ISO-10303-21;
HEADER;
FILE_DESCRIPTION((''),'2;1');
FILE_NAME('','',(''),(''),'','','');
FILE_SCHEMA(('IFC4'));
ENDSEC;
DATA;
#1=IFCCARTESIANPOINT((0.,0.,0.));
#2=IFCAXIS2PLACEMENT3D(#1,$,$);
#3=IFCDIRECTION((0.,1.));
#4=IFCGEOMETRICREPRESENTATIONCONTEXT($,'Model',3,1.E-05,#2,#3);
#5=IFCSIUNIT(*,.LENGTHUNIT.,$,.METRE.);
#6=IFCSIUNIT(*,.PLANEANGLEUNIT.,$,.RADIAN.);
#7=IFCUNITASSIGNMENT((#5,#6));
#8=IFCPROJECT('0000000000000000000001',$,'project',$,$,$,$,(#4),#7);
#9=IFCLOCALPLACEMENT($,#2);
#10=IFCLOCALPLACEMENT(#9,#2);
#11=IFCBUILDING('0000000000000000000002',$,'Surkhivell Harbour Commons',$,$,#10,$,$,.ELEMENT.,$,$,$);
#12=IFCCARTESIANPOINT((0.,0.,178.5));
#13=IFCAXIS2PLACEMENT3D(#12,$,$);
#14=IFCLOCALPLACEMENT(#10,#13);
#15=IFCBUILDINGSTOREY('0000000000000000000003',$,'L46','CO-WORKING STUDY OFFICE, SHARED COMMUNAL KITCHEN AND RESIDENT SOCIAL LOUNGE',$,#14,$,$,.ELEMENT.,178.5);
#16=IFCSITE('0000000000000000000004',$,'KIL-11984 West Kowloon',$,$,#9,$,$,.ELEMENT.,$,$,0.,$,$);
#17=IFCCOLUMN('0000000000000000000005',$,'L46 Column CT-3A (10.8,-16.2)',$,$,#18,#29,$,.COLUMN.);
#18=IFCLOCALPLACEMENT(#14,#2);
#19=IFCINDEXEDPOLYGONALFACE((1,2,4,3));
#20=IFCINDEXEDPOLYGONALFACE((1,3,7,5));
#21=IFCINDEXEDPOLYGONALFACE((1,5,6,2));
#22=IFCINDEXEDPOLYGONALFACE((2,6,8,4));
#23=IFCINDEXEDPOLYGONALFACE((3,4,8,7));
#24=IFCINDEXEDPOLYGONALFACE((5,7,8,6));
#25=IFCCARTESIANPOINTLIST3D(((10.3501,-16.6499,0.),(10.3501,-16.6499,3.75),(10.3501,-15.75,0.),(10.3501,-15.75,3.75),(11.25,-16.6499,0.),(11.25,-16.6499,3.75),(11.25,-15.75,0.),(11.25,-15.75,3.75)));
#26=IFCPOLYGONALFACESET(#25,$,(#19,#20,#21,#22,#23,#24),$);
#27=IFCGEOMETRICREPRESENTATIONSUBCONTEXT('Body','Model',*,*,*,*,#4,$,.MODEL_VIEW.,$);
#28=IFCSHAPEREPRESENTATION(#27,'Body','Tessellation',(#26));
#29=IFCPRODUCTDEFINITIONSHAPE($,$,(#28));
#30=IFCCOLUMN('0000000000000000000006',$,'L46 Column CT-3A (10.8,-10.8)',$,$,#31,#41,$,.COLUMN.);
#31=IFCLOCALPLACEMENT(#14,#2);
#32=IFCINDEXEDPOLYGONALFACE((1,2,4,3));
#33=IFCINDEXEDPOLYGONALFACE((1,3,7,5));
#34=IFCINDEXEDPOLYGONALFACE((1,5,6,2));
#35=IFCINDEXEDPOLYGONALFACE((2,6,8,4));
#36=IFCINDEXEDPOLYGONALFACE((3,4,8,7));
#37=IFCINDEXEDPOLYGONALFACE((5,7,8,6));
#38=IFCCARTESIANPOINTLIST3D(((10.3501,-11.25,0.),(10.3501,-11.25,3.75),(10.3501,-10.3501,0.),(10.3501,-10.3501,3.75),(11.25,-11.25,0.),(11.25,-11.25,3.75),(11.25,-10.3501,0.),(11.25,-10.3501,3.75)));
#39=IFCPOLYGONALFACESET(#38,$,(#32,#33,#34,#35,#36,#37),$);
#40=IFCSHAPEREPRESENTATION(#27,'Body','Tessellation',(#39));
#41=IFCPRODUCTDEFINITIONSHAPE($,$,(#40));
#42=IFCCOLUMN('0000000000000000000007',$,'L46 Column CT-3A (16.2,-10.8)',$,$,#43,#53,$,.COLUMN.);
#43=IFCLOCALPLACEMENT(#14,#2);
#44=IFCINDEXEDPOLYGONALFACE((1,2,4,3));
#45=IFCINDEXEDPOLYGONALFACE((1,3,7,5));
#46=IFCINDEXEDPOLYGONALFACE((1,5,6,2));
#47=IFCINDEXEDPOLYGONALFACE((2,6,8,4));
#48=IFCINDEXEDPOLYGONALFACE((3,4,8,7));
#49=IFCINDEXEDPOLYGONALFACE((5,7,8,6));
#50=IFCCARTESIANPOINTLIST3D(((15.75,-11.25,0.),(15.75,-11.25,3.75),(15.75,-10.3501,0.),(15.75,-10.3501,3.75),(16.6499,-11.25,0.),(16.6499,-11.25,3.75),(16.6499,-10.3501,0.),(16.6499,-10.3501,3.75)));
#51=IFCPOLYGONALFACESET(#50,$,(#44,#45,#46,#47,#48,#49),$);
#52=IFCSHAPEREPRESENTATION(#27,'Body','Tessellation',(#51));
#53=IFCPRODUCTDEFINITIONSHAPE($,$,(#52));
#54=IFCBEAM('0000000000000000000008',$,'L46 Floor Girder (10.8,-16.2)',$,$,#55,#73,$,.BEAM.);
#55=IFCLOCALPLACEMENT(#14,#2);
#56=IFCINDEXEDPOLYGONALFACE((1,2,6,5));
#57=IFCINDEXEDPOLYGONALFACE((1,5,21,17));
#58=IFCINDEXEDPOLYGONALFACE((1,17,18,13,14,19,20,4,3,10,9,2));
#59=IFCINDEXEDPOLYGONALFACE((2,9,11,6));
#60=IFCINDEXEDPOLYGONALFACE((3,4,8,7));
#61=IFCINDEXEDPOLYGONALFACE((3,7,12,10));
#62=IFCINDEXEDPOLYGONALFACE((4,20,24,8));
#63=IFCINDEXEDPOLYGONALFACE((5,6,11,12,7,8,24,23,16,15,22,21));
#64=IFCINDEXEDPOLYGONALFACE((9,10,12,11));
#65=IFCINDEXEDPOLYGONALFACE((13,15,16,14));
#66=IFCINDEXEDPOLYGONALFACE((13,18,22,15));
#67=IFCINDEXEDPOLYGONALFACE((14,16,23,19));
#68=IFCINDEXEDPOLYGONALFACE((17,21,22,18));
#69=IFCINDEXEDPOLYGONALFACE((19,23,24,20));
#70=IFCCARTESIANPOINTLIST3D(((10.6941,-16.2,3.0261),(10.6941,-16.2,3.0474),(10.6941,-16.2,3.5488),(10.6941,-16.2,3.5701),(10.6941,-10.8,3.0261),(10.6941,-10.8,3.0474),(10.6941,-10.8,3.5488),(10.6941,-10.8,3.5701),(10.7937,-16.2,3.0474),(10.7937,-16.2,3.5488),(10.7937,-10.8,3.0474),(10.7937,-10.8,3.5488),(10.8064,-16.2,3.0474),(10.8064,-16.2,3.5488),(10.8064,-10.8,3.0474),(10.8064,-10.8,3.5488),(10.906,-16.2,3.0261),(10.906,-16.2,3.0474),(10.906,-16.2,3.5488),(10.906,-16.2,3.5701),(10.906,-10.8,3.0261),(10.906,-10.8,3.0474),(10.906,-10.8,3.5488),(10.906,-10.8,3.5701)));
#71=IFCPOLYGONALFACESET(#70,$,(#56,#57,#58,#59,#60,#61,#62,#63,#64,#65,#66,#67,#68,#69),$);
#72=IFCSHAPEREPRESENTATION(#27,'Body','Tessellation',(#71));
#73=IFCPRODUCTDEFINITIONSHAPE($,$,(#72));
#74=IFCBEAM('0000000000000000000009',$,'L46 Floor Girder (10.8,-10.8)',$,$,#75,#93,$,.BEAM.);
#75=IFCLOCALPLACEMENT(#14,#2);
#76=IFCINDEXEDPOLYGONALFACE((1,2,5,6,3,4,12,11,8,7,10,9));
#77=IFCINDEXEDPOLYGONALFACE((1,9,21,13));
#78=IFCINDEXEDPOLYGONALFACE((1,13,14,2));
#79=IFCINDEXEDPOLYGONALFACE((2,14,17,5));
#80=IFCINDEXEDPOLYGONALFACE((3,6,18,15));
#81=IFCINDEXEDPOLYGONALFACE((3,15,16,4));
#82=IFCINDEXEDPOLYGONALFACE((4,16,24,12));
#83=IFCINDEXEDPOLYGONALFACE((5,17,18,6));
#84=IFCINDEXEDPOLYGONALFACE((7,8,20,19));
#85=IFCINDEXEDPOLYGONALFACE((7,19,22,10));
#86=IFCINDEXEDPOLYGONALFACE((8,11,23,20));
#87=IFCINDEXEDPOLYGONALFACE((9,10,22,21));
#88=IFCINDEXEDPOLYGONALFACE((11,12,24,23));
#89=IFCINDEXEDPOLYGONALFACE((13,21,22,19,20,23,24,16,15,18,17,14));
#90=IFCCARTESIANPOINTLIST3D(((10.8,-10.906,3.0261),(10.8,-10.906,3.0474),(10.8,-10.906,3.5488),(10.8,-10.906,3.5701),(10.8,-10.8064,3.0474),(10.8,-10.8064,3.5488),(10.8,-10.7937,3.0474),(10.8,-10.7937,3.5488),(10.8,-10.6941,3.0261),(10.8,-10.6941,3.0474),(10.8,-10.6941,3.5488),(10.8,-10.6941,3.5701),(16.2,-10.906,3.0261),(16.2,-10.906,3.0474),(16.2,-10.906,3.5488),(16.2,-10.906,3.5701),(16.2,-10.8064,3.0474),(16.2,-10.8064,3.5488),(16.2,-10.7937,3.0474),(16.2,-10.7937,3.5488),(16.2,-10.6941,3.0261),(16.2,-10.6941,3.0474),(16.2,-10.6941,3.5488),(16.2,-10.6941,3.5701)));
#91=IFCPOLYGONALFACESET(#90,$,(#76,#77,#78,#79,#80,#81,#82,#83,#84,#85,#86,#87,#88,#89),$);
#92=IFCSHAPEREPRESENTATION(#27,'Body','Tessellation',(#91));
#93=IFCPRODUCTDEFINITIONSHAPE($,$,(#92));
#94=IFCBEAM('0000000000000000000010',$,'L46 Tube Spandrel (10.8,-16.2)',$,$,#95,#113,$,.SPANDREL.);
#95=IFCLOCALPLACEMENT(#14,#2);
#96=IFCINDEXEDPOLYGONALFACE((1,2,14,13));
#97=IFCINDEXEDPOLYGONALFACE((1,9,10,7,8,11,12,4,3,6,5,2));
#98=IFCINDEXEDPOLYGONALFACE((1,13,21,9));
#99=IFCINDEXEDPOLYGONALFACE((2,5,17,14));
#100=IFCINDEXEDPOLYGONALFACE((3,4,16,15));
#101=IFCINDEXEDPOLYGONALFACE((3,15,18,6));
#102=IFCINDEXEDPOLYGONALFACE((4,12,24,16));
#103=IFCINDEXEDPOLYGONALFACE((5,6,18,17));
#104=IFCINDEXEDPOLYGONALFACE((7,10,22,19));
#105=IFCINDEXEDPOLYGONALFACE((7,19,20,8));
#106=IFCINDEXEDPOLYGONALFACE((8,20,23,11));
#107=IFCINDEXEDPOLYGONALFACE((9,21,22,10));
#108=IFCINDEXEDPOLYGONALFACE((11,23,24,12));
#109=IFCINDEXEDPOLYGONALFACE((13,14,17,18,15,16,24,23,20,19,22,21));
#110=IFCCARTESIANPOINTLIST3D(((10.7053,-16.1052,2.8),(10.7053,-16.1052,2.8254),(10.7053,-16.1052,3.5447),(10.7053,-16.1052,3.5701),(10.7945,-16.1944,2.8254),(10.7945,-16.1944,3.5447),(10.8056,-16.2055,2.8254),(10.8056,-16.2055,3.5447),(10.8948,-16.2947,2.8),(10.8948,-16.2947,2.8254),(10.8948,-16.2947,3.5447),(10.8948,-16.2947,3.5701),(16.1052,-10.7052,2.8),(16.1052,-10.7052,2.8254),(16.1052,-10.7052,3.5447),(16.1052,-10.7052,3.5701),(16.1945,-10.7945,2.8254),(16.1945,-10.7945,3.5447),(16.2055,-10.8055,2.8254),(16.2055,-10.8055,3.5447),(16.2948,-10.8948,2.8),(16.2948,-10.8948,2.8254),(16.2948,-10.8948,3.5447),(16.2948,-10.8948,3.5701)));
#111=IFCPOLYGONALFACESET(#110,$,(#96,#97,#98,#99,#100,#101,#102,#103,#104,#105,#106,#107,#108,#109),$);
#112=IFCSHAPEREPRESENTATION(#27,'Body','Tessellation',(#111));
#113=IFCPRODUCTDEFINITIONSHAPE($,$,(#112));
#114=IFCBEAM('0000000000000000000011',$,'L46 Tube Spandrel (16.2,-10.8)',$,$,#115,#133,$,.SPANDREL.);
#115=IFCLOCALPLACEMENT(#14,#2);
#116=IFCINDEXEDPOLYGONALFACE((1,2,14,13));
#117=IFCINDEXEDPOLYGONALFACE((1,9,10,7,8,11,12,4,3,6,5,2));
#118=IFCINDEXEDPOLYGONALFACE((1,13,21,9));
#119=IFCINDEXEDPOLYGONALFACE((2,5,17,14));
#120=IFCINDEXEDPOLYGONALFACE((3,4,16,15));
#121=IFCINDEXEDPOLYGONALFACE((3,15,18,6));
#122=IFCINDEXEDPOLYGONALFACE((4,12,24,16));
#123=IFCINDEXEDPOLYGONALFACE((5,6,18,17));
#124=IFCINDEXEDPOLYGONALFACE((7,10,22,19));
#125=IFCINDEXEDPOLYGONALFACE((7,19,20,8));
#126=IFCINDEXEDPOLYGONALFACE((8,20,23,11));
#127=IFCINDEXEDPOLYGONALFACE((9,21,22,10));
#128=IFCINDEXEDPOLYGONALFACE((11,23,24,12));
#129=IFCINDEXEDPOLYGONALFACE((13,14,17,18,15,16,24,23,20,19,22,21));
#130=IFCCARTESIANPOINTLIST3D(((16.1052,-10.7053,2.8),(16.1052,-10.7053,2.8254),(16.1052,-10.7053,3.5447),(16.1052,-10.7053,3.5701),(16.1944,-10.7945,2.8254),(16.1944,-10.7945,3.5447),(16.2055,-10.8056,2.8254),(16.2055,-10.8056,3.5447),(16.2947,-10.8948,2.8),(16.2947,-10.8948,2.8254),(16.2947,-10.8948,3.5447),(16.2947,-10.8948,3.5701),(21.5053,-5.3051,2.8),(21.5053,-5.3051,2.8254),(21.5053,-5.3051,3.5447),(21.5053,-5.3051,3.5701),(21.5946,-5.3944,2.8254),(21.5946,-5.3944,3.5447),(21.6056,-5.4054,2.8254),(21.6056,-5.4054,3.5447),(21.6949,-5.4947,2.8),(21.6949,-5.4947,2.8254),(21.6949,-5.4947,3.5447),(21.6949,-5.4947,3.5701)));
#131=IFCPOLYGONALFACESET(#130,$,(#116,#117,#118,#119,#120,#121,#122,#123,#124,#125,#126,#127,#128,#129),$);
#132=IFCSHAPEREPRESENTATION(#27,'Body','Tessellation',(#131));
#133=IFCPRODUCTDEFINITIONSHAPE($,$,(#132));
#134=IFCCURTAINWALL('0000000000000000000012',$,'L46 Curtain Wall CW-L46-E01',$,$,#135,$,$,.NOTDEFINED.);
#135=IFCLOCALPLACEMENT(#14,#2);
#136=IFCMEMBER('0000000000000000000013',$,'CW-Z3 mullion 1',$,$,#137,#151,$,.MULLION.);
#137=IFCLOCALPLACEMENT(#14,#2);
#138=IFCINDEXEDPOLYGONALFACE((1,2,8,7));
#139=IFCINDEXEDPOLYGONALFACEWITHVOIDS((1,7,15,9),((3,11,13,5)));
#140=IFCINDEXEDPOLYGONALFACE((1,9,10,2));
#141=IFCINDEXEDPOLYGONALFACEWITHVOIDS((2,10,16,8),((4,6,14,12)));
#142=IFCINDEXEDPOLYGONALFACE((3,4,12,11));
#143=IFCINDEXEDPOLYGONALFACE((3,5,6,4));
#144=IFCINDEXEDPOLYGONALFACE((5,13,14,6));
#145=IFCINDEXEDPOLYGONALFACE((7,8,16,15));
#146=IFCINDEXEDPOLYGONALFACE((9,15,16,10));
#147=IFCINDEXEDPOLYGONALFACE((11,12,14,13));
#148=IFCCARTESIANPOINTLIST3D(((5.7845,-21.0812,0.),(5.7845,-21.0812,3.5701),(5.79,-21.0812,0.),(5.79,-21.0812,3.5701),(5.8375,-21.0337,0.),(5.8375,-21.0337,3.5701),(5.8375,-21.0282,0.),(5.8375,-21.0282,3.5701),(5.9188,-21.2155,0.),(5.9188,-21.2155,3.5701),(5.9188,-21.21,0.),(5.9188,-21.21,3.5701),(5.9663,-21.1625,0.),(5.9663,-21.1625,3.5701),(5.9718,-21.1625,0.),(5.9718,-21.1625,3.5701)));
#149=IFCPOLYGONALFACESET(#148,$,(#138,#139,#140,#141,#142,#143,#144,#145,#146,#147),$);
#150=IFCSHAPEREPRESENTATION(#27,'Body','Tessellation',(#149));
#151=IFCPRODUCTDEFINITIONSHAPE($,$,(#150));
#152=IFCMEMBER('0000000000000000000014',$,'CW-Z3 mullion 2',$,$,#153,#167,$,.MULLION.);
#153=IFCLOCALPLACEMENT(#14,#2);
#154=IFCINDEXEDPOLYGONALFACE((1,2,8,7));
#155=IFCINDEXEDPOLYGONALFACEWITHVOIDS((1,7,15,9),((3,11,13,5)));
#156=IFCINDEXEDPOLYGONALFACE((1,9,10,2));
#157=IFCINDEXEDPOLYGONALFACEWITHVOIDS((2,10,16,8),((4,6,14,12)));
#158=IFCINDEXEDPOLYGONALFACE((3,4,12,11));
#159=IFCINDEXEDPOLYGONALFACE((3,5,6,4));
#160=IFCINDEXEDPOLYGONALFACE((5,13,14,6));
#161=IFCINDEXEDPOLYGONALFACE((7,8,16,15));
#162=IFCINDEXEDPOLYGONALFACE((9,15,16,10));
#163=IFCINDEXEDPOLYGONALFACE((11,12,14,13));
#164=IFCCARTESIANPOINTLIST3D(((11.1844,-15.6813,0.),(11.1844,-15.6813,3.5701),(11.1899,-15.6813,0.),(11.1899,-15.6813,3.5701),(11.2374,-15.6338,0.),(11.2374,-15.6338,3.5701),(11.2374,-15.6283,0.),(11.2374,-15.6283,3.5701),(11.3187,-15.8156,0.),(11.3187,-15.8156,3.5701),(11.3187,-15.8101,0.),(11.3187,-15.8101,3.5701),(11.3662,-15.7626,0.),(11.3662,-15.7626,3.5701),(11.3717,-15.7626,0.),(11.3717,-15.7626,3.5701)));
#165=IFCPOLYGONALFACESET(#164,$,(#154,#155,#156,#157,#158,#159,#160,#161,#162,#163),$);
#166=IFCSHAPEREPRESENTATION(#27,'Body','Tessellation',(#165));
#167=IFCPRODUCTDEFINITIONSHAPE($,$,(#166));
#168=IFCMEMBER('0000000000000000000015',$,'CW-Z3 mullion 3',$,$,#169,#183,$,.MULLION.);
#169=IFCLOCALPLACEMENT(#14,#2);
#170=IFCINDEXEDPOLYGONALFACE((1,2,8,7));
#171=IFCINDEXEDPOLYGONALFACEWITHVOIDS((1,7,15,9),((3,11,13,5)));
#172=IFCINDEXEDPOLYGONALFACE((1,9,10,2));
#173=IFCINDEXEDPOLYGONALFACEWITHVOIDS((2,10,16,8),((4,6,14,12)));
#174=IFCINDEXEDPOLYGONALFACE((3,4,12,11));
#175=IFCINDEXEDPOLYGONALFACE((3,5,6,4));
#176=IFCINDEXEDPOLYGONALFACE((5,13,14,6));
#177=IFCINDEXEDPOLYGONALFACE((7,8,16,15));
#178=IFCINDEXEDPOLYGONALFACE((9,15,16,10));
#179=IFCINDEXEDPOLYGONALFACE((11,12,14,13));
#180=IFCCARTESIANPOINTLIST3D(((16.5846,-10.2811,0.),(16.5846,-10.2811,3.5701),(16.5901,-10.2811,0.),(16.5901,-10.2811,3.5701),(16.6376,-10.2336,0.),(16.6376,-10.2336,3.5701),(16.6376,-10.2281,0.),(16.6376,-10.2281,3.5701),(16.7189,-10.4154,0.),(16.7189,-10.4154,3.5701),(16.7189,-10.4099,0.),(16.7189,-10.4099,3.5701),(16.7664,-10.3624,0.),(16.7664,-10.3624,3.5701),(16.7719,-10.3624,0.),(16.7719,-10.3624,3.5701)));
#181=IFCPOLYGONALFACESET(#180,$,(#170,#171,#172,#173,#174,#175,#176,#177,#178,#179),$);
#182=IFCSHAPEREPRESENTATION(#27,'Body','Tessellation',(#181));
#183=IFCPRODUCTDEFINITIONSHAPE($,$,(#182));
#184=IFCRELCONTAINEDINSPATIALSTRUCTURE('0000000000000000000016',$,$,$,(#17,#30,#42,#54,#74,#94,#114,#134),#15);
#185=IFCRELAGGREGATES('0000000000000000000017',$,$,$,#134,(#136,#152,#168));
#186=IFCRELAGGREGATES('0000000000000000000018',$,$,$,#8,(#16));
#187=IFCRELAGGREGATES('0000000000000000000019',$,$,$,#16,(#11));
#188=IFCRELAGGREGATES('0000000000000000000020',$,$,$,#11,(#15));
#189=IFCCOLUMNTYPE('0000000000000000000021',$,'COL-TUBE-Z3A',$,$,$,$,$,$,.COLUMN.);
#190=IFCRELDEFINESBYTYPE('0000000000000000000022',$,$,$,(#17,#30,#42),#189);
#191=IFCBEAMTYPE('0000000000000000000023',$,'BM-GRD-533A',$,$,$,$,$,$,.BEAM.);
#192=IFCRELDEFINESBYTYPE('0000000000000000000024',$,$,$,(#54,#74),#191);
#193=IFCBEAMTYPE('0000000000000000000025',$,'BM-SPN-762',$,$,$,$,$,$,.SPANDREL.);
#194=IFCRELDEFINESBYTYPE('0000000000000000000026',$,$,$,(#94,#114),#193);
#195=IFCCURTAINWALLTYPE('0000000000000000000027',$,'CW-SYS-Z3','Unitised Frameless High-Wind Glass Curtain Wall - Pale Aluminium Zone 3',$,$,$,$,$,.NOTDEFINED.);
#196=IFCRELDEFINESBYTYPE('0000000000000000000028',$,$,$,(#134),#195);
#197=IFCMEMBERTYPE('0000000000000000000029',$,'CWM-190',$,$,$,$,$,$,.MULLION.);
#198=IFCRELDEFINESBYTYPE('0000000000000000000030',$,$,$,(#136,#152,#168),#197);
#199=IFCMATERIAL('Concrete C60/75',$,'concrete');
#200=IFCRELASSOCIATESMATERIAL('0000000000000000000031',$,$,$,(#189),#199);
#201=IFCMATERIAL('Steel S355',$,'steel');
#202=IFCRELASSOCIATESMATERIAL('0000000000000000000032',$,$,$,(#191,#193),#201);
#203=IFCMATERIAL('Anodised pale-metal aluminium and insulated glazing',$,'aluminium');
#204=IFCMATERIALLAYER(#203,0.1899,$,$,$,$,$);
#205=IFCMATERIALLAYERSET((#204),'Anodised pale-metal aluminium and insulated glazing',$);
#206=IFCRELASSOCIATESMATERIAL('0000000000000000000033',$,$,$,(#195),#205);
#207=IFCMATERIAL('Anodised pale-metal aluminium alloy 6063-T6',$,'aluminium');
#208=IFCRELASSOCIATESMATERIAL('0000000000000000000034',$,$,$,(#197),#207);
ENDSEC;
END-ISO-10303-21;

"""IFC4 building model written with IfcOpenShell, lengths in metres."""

from ifc_helpers import new_model, si_unit, direction, frame, origin, origin_2d, place, context, subcontext, project, spatial, rectangle, hollow_rectangle, i_section, extrude, material, layer, layer_set, material_profile, profile_set, type_object, element, aggregate, save


model = new_model("IFC4")

# Units and contexts
model_context = context("Model", 3, precision=1e-05, world=origin(), true_north=direction((0.0, 1.0)))
body_context = subcontext(model_context, "Body", "Model", "MODEL_VIEW")
ifc_project = project(units=[si_unit("LENGTHUNIT", "METRE"), si_unit("PLANEANGLEUNIT", "RADIAN")], contexts=[model_context])

# Site, building, storey
site_placement = place(None, origin())
site = spatial("IfcSite", under=ifc_project, at=site_placement, Name="KIL-11984 West Kowloon", CompositionType="ELEMENT", RefElevation=0.0)
building_placement = place(site_placement, origin())
building = spatial("IfcBuilding", under=site, at=building_placement, Name="Surkhivell Harbour Commons", CompositionType="ELEMENT")
storey_placement = place(building_placement, frame((0.0, 0.0, 178.5)))
storey = spatial("IfcBuildingStorey", under=building, at=storey_placement, Name="L46", Description="CO-WORKING STUDY OFFICE, SHARED COMMUNAL KITCHEN AND RESIDENT SOCIAL LOUNGE", CompositionType="ELEMENT", Elevation=178.5)

# Columns
ifc_material_1 = material(Name="Concrete C60/75", Category="concrete")
ifc_material_profile_1 = material_profile(ifc_material_1, rectangle(XDim=0.8999, YDim=0.8999, at=origin_2d()), Name="RC-COL-900x900")
ifc_profile_set_1 = profile_set([ifc_material_profile_1], Name="Concrete C60/75")
column_type = type_object("IfcColumnType", Name="COL-TUBE-Z3A", PredefinedType="COLUMN", material=ifc_profile_set_1)
for number, where, z_axis, x_axis, name in (
    (1, (10.8, -16.2, 0.0), (0.0, 0.0, 1.0), (1.0, 0.0, 0.0), "L46 Column CT-3A (10.8,-16.2)"),
    (2, (10.8, -10.8, 0.0), (0.0, 0.0, 1.0), (1.0, 0.0, 0.0), "L46 Column CT-3A (10.8,-10.8)"),
    (3, (16.2, -10.8, 0.0), (0.0, 0.0, 1.0), (1.0, 0.0, 0.0), "L46 Column CT-3A (16.2,-10.8)"),
):
    element("IfcColumn", number, at=place(storey_placement, frame(where, z_axis=z_axis, x_axis=x_axis)), inside=storey, type_object=column_type, Name=name, PredefinedType="COLUMN", context=body_context, shape_type="SweptSolid", body=[
        extrude(rectangle(XDim=0.8999, YDim=0.8999, at=origin_2d()), origin(), (0.0, 0.0, 1.0), 3.75),
    ])

# Beams
ifc_material_2 = material(Name="Steel S355", Category="steel")
ifc_material_profile_2 = material_profile(ifc_material_2, i_section(OverallWidth=0.2119, OverallDepth=0.5439, WebThickness=0.0127, FlangeThickness=0.0212, at=origin_2d()), Name="UB533x210x122")
ifc_profile_set_2 = profile_set([ifc_material_profile_2], Name="Steel S355")
beam_type_1 = type_object("IfcBeamType", Name="BM-GRD-533A", PredefinedType="BEAM", material=ifc_profile_set_2)
for number, where, z_axis, x_axis, name in (
    (4, (10.8, -16.2, 3.2981), (0.0, 1.0, 0.0), (-1.0, 0.0, 0.0), "L46 Floor Girder (10.8,-16.2)"),
    (5, (10.8, -10.8, 3.2981), (1.0, 0.0, 0.0), (0.0, 1.0, 0.0), "L46 Floor Girder (10.8,-10.8)"),
):
    element("IfcBeam", number, at=place(storey_placement, frame(where, z_axis=z_axis, x_axis=x_axis)), inside=storey, type_object=beam_type_1, Name=name, PredefinedType="BEAM", context=body_context, shape_type="SweptSolid", body=[
        extrude(i_section(OverallWidth=0.2119, OverallDepth=0.5439, WebThickness=0.0127, FlangeThickness=0.0212, at=origin_2d()), origin(), (0.0, 0.0, 1.0), 5.3999),
    ])
ifc_material_profile_3 = material_profile(ifc_material_2, i_section(OverallWidth=0.2681, OverallDepth=0.77, WebThickness=0.0156, FlangeThickness=0.0254, at=origin_2d()), Name="UB762x267x197")
ifc_profile_set_3 = profile_set([ifc_material_profile_3], Name="Steel S355")
beam_type_2 = type_object("IfcBeamType", Name="BM-SPN-762", PredefinedType="SPANDREL", material=ifc_profile_set_3)
beam_1_placement = place(storey_placement, frame((10.8, -16.2, 3.1851), z_axis=(0.707107, 0.707107, 0.0), x_axis=(-0.707107, 0.707107, 0.0)))
element("IfcBeam", 6, at=beam_1_placement, inside=storey, type_object=beam_type_2, Name="L46 Tube Spandrel (10.8,-16.2)", PredefinedType="SPANDREL", context=body_context, shape_type="SweptSolid", body=[
    extrude(i_section(OverallWidth=0.2681, OverallDepth=0.77, WebThickness=0.0156, FlangeThickness=0.0254, at=origin_2d()), origin(), (0.0, 0.0, 1.0), 7.6367),
])
beam_2_placement = place(storey_placement, frame((16.2, -10.8, 3.1851), z_axis=(0.707107, 0.707107, 0.0), x_axis=(-0.707107, 0.707107, 0.0)))
element("IfcBeam", 7, at=beam_2_placement, inside=storey, type_object=beam_type_2, Name="L46 Tube Spandrel (16.2,-10.8)", PredefinedType="SPANDREL", context=body_context, shape_type="SweptSolid", body=[
    extrude(i_section(OverallWidth=0.2681, OverallDepth=0.77, WebThickness=0.0156, FlangeThickness=0.0254, at=origin_2d()), origin(), (0.0, 0.0, 1.0), 7.637),
])

# Curtain wall, members
ifc_material_3 = material(Name="Anodised pale-metal aluminium and insulated glazing", Category="aluminium")
ifc_layer_1 = layer(ifc_material_3, 0.1899)
ifc_layer_set_1 = layer_set([ifc_layer_1], Name="Anodised pale-metal aluminium and insulated glazing")
curtain_wall_type = type_object("IfcCurtainWallType", Name="CW-SYS-Z3", Description="Unitised Frameless High-Wind Glass Curtain Wall - Pale Aluminium Zone 3", PredefinedType="NOTDEFINED", material=ifc_layer_set_1)
curtain_wall_placement = place(storey_placement, origin())
curtain_wall = element("IfcCurtainWall", 8, at=curtain_wall_placement, inside=storey, type_object=curtain_wall_type, Name="L46 Curtain Wall CW-L46-E01", PredefinedType="NOTDEFINED")
ifc_material_4 = material(Name="Anodised pale-metal aluminium alloy 6063-T6", Category="aluminium")
ifc_material_profile_4 = material_profile(ifc_material_4, hollow_rectangle(XDim=0.075, YDim=0.1899, WallThickness=0.0039, at=origin_2d()), Name="ALU-MULL-75x190")
ifc_profile_set_4 = profile_set([ifc_material_profile_4], Name="Anodised pale-metal aluminium alloy 6063-T6")
member_type_1 = type_object("IfcMemberType", Name="CWM-190", PredefinedType="MULLION", material=ifc_profile_set_4)
member_1_placement = place(storey_placement, frame((5.8782, -21.1218, 0.0), z_axis=(0.0, 0.0, 1.0), x_axis=(0.707107, 0.707107, 0.0)))
member_1 = element("IfcMember", 9, at=member_1_placement, type_object=member_type_1, Name="CW-Z3 mullion 1", PredefinedType="MULLION", context=body_context, shape_type="SweptSolid", body=[
    extrude(hollow_rectangle(XDim=0.075, YDim=0.1899, WallThickness=0.0039, at=origin_2d()), origin(), (0.0, 0.0, 1.0), 3.5701),
])
member_2_placement = place(storey_placement, frame((11.2781, -15.7219, 0.0), z_axis=(0.0, 0.0, 1.0), x_axis=(0.707107, 0.707107, 0.0)))
member_2 = element("IfcMember", 10, at=member_2_placement, type_object=member_type_1, Name="CW-Z3 mullion 2", PredefinedType="MULLION", context=body_context, shape_type="SweptSolid", body=[
    extrude(hollow_rectangle(XDim=0.075, YDim=0.1899, WallThickness=0.0039, at=origin_2d()), origin(), (0.0, 0.0, 1.0), 3.5701),
])
member_3_placement = place(storey_placement, frame((16.6782, -10.3218, 0.0), z_axis=(0.0, 0.0, 1.0), x_axis=(0.707107, 0.707107, 0.0)))
member_3 = element("IfcMember", 11, at=member_3_placement, type_object=member_type_1, Name="CW-Z3 mullion 3", PredefinedType="MULLION", context=body_context, shape_type="SweptSolid", body=[
    extrude(hollow_rectangle(XDim=0.075, YDim=0.1899, WallThickness=0.0039, at=origin_2d()), origin(), (0.0, 0.0, 1.0), 3.5701),
])
aggregate(curtain_wall, [member_1, member_2, member_3])

save(model, "model.ifc")
